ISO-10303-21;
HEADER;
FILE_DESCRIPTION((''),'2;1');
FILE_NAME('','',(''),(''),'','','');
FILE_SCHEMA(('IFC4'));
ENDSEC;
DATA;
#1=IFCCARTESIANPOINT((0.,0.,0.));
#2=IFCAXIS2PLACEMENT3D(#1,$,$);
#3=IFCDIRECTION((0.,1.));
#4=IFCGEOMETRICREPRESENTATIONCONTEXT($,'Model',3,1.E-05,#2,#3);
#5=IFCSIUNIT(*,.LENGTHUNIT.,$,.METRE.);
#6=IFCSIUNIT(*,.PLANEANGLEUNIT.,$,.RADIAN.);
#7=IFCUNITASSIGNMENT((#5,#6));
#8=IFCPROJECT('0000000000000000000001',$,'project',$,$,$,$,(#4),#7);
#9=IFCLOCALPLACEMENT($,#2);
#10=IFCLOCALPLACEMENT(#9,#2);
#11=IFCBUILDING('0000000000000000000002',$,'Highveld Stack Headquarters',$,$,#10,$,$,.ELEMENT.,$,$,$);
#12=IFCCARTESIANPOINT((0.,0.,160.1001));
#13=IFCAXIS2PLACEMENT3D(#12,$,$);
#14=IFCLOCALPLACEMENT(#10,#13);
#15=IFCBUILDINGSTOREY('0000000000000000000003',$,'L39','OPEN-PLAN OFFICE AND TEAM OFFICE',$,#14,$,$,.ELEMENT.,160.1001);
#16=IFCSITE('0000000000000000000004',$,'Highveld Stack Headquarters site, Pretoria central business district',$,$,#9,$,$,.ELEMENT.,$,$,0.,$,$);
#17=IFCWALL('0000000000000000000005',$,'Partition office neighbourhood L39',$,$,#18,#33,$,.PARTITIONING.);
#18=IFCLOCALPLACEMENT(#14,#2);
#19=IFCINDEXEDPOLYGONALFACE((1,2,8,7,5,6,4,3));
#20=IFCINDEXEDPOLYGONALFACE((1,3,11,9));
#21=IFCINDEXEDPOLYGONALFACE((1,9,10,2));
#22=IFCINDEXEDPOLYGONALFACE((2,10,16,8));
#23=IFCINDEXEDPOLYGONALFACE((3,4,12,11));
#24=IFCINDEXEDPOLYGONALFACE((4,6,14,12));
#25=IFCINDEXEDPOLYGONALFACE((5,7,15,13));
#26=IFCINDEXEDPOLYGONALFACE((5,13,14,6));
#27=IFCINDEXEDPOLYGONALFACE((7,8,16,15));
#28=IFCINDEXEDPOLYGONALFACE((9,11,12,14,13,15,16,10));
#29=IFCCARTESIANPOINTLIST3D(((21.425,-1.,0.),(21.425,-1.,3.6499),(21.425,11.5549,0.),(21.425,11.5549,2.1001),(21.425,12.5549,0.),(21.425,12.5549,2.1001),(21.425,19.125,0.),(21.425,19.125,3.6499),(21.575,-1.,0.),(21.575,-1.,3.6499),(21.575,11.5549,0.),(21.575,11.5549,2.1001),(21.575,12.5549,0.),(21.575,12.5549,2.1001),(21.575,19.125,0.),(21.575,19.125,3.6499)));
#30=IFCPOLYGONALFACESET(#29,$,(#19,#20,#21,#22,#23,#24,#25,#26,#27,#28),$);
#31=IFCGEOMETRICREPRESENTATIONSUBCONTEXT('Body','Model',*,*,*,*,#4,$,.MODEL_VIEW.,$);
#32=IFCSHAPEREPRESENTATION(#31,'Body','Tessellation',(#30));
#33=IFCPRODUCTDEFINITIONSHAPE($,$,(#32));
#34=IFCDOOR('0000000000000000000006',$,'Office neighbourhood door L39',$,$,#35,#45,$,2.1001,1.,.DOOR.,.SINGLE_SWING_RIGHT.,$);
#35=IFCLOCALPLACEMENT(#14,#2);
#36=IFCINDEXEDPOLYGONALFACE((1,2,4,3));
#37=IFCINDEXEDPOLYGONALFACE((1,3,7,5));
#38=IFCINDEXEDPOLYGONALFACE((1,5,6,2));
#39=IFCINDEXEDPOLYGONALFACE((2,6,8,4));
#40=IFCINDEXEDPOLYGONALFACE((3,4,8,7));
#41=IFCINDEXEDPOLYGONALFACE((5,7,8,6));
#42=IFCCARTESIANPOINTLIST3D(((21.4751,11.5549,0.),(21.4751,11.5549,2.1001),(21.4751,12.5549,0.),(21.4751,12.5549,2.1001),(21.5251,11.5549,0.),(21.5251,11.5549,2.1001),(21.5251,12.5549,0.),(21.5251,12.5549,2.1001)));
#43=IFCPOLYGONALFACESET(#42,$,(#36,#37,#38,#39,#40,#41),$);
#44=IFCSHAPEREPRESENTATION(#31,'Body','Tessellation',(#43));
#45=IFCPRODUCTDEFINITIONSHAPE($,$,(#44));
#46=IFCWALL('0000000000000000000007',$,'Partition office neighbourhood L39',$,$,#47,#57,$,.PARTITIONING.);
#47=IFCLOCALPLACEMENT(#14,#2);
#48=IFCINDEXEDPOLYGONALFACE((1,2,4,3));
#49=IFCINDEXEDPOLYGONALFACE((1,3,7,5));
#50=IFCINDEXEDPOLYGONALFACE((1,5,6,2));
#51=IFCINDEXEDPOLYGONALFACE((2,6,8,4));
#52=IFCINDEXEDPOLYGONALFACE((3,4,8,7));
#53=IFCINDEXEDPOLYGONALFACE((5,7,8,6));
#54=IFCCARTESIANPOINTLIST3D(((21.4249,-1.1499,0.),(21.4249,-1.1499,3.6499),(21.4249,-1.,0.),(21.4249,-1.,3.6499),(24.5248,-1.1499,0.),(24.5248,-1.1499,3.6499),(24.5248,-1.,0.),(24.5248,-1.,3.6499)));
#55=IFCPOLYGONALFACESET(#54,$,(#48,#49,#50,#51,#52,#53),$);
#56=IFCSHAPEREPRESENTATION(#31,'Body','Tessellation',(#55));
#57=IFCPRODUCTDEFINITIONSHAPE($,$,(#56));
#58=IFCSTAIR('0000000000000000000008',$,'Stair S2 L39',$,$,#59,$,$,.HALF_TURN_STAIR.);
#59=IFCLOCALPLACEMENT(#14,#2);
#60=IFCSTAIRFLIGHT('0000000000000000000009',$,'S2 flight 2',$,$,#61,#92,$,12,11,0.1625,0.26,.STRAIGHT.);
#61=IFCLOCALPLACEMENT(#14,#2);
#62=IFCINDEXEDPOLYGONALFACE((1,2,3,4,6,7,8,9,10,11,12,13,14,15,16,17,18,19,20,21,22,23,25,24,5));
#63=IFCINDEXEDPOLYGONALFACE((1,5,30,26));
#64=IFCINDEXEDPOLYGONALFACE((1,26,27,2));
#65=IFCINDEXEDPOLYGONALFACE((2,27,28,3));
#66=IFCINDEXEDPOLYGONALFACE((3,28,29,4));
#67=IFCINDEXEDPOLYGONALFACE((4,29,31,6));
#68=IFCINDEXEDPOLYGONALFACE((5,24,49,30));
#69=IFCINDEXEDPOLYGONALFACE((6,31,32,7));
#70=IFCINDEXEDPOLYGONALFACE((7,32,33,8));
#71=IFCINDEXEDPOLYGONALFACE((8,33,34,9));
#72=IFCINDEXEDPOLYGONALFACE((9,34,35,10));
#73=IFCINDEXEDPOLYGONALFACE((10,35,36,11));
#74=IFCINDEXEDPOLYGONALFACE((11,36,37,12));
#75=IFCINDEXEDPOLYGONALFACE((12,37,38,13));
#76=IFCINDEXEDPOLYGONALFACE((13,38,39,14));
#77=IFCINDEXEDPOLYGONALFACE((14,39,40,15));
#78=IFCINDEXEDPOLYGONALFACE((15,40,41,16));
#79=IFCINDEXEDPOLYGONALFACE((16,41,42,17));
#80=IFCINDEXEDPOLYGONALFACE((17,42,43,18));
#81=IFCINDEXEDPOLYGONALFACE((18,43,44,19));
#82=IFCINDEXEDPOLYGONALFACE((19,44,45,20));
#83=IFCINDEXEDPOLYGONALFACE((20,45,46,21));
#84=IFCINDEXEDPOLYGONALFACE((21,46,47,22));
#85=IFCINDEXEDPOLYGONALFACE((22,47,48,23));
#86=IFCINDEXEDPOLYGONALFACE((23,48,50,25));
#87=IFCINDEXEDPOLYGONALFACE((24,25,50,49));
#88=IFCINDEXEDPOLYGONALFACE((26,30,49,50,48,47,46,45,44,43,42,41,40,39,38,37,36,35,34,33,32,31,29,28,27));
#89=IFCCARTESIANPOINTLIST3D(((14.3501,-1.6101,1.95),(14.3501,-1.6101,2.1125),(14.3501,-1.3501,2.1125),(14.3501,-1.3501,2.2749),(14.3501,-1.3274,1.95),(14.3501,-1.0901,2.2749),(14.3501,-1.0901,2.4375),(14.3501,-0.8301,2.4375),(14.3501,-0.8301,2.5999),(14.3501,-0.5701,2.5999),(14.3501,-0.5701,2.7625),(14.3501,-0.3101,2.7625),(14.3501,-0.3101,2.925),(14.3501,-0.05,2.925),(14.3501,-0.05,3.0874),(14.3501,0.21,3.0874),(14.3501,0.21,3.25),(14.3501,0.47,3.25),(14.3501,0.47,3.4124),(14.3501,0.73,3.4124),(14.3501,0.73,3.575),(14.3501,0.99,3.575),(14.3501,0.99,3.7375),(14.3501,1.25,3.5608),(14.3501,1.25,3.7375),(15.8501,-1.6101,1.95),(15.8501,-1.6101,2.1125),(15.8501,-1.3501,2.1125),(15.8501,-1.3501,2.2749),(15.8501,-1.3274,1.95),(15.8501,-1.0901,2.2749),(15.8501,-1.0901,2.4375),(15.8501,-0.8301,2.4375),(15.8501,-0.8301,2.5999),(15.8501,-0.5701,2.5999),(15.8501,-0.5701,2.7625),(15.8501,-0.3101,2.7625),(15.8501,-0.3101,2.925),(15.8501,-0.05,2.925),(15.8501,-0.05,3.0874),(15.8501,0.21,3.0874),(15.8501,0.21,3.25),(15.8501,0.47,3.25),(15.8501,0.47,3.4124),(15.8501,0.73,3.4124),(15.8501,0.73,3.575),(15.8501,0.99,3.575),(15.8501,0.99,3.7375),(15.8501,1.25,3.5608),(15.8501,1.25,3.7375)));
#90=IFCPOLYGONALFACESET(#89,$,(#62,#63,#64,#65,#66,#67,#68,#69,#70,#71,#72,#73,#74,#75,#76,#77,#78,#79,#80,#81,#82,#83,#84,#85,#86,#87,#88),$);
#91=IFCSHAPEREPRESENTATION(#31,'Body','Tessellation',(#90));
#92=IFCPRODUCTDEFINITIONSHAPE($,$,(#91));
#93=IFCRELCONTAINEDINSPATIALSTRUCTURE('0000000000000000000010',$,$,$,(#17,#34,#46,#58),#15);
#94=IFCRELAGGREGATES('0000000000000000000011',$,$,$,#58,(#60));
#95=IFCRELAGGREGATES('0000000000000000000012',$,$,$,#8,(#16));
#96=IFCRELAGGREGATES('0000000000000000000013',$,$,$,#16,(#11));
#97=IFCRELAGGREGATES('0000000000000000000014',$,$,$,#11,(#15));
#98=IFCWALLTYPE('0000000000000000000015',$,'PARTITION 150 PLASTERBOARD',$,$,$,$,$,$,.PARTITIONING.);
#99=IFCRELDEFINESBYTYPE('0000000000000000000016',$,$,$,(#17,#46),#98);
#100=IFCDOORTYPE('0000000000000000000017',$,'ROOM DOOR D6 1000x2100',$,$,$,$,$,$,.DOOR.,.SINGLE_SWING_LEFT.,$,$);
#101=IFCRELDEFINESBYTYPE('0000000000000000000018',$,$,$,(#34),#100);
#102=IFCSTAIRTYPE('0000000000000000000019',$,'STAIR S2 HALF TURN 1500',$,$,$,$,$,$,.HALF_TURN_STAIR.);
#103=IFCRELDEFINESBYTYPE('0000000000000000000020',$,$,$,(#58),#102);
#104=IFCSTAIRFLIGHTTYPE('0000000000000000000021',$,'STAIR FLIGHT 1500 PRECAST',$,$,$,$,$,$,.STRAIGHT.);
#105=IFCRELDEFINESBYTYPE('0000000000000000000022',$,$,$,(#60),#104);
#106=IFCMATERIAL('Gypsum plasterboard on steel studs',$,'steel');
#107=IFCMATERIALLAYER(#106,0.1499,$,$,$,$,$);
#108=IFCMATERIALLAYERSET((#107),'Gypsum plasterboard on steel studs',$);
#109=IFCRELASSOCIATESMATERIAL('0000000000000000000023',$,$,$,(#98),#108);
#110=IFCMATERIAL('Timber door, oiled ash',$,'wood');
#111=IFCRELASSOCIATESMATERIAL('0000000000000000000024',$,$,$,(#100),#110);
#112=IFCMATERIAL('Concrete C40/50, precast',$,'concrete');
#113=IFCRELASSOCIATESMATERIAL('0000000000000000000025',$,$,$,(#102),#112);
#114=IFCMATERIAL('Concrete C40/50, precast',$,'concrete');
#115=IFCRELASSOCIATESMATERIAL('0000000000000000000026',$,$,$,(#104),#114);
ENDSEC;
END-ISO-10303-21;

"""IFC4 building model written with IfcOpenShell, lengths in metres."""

from ifc_helpers import new_model, si_unit, direction, frame, frame_2d, origin, place, context, subcontext, project, spatial, polyline, rectangle, outline, extrude, material, layer, layer_set, type_object, element, fill, aggregate, save


model = new_model("IFC4")

# Units and contexts
model_context = context("Model", 3, precision=1e-05, world=origin(), true_north=direction((0.0, 1.0)))
body_context = subcontext(model_context, "Body", "Model", "MODEL_VIEW")
ifc_project = project(units=[si_unit("LENGTHUNIT", "METRE"), si_unit("PLANEANGLEUNIT", "RADIAN")], contexts=[model_context])

# Site, building, storey
site_placement = place(None, origin())
site = spatial("IfcSite", under=ifc_project, at=site_placement, Name="Highveld Stack Headquarters site, Pretoria central business district", CompositionType="ELEMENT", RefElevation=0.0)
building_placement = place(site_placement, origin())
building = spatial("IfcBuilding", under=site, at=building_placement, Name="Highveld Stack Headquarters", CompositionType="ELEMENT")
storey_placement = place(building_placement, frame((0.0, 0.0, 160.1001)))
storey = spatial("IfcBuildingStorey", under=building, at=storey_placement, Name="L39", Description="OPEN-PLAN OFFICE AND TEAM OFFICE", CompositionType="ELEMENT", Elevation=160.1001)

# Shared definitions
ifc_material_1 = material(Name="Gypsum plasterboard on steel studs", Category="steel")
ifc_layer_1 = layer(ifc_material_1, 0.1499)
ifc_layer_set_1 = layer_set([ifc_layer_1], Name="Gypsum plasterboard on steel studs")
wall_type_1 = type_object("IfcWallType", Name="PARTITION 150 PLASTERBOARD", PredefinedType="PARTITIONING", material=ifc_layer_set_1)
ifc_material_2 = material(Name="Timber door, oiled ash", Category="wood")
door_type_1 = type_object("IfcDoorType", Name="ROOM DOOR D6 1000x2100", OperationType="SINGLE_SWING_LEFT", PredefinedType="DOOR", material=ifc_material_2)

# Wall, opening, door
wall_1_placement = place(storey_placement, frame((21.5, -1.0, 0.0), z_axis=(0.0, 0.0, 1.0), x_axis=(0.0, 1.0, 0.0)))
wall_1 = element("IfcWall", 1, at=wall_1_placement, inside=storey, type_object=wall_type_1, Name="Partition office neighbourhood L39", PredefinedType="PARTITIONING", context=body_context, shape_type="SweptSolid", body=[
    extrude(rectangle(XDim=20.125, YDim=0.1499, at=frame_2d((10.0625, 0.0))), origin(), (0.0, 0.0, 1.0), 3.6499),
])
opening_1_placement = place(wall_1_placement, frame((12.5549, 0.0, 0.0)))
opening_1 = element("IfcOpeningElement", 2, at=opening_1_placement, cuts=wall_1, PredefinedType="OPENING", context=body_context, shape_type="SweptSolid", body=[
    extrude(rectangle(XDim=1.0, YDim=2.1001, at=frame_2d((0.5, 1.05))), frame((0.0, 0.085, 0.0), z_axis=(0.0, -1.0, 0.0), x_axis=(1.0, 0.0, 0.0)), (0.0, 0.0, 1.0), 0.1699),
])
door_1_placement = place(opening_1_placement, origin())
door_1 = element("IfcDoor", 3, at=door_1_placement, inside=storey, type_object=door_type_1, Name="Office neighbourhood door L39", OperationType="SINGLE_SWING_RIGHT", OverallHeight=2.1001, OverallWidth=1.0, PredefinedType="DOOR", context=body_context, shape_type="SweptSolid", body=[
    extrude(rectangle(XDim=1.0, YDim=2.1001, at=frame_2d((0.5, 1.05))), frame((0.0, 0.0249, 0.0), z_axis=(0.0, -1.0, 0.0), x_axis=(1.0, 0.0, 0.0)), (0.0, 0.0, 1.0), 0.05),
])
fill(opening_1, door_1)

# Wall
wall_2_placement = place(storey_placement, frame((21.425, -1.075, 0.0), z_axis=(0.0, 0.0, 1.0), x_axis=(1.0, 0.0, 0.0)))
element("IfcWall", 4, at=wall_2_placement, inside=storey, type_object=wall_type_1, Name="Partition office neighbourhood L39", PredefinedType="PARTITIONING", context=body_context, shape_type="SweptSolid", body=[
    extrude(rectangle(XDim=3.0999, YDim=0.1499, at=frame_2d((1.5498, 0.0))), origin(), (0.0, 0.0, 1.0), 3.6499),
])

# Stair, stair flight
ifc_material_3 = material(Name="Concrete C40/50, precast", Category="concrete")
stair_type = type_object("IfcStairType", Name="STAIR S2 HALF TURN 1500", PredefinedType="HALF_TURN_STAIR", material=ifc_material_3)
stair_placement = place(storey_placement, origin())
stair = element("IfcStair", 5, at=stair_placement, inside=storey, type_object=stair_type, Name="Stair S2 L39", PredefinedType="HALF_TURN_STAIR")
ifc_material_4 = material(Name="Concrete C40/50, precast", Category="concrete")
stair_flight_type = type_object("IfcStairFlightType", Name="STAIR FLIGHT 1500 PRECAST", PredefinedType="STRAIGHT", material=ifc_material_4)
stair_flight_placement = place(storey_placement, frame((15.1001, -1.6101, 1.95), z_axis=(0.0, 0.0, 1.0), x_axis=(0.0, 1.0, 0.0)))
stair_flight = element("IfcStairFlight", 6, at=stair_flight_placement, type_object=stair_flight_type, Name="S2 flight 2", NumberOfRisers=12, NumberOfTreads=11, PredefinedType="STRAIGHT", RiserHeight=0.1625, TreadLength=0.26, context=body_context, shape_type="SweptSolid", body=[
    extrude(outline(polyline([(0.0, 0.0), (0.0, 0.1626), (0.26, 0.1626), (0.26, 0.325), (0.52, 0.325), (0.52, 0.4875), (0.78, 0.4875), (0.78, 0.6499), (1.04, 0.6499), (1.04, 0.8125), (1.3, 0.8125), (1.3, 0.9751), (1.5601, 0.9751), (1.5601, 1.1375), (1.8201, 1.1375), (1.8201, 1.3), (2.0801, 1.3), (2.0801, 1.4624), (2.3401, 1.4624), (2.3401, 1.625), (2.6001, 1.625), (2.6001, 1.7876), (2.8601, 1.7876), (2.8601, 1.95), (2.8601, 1.6108), (0.2827, 0.0), (0.0, 0.0)])), frame((0.0, 0.75, 0.0), z_axis=(0.0, -1.0, 0.0), x_axis=(1.0, 0.0, 0.0)), (0.0, 0.0, 1.0), 1.5),
])
aggregate(stair, [stair_flight])

save(model, "model.ifc")
